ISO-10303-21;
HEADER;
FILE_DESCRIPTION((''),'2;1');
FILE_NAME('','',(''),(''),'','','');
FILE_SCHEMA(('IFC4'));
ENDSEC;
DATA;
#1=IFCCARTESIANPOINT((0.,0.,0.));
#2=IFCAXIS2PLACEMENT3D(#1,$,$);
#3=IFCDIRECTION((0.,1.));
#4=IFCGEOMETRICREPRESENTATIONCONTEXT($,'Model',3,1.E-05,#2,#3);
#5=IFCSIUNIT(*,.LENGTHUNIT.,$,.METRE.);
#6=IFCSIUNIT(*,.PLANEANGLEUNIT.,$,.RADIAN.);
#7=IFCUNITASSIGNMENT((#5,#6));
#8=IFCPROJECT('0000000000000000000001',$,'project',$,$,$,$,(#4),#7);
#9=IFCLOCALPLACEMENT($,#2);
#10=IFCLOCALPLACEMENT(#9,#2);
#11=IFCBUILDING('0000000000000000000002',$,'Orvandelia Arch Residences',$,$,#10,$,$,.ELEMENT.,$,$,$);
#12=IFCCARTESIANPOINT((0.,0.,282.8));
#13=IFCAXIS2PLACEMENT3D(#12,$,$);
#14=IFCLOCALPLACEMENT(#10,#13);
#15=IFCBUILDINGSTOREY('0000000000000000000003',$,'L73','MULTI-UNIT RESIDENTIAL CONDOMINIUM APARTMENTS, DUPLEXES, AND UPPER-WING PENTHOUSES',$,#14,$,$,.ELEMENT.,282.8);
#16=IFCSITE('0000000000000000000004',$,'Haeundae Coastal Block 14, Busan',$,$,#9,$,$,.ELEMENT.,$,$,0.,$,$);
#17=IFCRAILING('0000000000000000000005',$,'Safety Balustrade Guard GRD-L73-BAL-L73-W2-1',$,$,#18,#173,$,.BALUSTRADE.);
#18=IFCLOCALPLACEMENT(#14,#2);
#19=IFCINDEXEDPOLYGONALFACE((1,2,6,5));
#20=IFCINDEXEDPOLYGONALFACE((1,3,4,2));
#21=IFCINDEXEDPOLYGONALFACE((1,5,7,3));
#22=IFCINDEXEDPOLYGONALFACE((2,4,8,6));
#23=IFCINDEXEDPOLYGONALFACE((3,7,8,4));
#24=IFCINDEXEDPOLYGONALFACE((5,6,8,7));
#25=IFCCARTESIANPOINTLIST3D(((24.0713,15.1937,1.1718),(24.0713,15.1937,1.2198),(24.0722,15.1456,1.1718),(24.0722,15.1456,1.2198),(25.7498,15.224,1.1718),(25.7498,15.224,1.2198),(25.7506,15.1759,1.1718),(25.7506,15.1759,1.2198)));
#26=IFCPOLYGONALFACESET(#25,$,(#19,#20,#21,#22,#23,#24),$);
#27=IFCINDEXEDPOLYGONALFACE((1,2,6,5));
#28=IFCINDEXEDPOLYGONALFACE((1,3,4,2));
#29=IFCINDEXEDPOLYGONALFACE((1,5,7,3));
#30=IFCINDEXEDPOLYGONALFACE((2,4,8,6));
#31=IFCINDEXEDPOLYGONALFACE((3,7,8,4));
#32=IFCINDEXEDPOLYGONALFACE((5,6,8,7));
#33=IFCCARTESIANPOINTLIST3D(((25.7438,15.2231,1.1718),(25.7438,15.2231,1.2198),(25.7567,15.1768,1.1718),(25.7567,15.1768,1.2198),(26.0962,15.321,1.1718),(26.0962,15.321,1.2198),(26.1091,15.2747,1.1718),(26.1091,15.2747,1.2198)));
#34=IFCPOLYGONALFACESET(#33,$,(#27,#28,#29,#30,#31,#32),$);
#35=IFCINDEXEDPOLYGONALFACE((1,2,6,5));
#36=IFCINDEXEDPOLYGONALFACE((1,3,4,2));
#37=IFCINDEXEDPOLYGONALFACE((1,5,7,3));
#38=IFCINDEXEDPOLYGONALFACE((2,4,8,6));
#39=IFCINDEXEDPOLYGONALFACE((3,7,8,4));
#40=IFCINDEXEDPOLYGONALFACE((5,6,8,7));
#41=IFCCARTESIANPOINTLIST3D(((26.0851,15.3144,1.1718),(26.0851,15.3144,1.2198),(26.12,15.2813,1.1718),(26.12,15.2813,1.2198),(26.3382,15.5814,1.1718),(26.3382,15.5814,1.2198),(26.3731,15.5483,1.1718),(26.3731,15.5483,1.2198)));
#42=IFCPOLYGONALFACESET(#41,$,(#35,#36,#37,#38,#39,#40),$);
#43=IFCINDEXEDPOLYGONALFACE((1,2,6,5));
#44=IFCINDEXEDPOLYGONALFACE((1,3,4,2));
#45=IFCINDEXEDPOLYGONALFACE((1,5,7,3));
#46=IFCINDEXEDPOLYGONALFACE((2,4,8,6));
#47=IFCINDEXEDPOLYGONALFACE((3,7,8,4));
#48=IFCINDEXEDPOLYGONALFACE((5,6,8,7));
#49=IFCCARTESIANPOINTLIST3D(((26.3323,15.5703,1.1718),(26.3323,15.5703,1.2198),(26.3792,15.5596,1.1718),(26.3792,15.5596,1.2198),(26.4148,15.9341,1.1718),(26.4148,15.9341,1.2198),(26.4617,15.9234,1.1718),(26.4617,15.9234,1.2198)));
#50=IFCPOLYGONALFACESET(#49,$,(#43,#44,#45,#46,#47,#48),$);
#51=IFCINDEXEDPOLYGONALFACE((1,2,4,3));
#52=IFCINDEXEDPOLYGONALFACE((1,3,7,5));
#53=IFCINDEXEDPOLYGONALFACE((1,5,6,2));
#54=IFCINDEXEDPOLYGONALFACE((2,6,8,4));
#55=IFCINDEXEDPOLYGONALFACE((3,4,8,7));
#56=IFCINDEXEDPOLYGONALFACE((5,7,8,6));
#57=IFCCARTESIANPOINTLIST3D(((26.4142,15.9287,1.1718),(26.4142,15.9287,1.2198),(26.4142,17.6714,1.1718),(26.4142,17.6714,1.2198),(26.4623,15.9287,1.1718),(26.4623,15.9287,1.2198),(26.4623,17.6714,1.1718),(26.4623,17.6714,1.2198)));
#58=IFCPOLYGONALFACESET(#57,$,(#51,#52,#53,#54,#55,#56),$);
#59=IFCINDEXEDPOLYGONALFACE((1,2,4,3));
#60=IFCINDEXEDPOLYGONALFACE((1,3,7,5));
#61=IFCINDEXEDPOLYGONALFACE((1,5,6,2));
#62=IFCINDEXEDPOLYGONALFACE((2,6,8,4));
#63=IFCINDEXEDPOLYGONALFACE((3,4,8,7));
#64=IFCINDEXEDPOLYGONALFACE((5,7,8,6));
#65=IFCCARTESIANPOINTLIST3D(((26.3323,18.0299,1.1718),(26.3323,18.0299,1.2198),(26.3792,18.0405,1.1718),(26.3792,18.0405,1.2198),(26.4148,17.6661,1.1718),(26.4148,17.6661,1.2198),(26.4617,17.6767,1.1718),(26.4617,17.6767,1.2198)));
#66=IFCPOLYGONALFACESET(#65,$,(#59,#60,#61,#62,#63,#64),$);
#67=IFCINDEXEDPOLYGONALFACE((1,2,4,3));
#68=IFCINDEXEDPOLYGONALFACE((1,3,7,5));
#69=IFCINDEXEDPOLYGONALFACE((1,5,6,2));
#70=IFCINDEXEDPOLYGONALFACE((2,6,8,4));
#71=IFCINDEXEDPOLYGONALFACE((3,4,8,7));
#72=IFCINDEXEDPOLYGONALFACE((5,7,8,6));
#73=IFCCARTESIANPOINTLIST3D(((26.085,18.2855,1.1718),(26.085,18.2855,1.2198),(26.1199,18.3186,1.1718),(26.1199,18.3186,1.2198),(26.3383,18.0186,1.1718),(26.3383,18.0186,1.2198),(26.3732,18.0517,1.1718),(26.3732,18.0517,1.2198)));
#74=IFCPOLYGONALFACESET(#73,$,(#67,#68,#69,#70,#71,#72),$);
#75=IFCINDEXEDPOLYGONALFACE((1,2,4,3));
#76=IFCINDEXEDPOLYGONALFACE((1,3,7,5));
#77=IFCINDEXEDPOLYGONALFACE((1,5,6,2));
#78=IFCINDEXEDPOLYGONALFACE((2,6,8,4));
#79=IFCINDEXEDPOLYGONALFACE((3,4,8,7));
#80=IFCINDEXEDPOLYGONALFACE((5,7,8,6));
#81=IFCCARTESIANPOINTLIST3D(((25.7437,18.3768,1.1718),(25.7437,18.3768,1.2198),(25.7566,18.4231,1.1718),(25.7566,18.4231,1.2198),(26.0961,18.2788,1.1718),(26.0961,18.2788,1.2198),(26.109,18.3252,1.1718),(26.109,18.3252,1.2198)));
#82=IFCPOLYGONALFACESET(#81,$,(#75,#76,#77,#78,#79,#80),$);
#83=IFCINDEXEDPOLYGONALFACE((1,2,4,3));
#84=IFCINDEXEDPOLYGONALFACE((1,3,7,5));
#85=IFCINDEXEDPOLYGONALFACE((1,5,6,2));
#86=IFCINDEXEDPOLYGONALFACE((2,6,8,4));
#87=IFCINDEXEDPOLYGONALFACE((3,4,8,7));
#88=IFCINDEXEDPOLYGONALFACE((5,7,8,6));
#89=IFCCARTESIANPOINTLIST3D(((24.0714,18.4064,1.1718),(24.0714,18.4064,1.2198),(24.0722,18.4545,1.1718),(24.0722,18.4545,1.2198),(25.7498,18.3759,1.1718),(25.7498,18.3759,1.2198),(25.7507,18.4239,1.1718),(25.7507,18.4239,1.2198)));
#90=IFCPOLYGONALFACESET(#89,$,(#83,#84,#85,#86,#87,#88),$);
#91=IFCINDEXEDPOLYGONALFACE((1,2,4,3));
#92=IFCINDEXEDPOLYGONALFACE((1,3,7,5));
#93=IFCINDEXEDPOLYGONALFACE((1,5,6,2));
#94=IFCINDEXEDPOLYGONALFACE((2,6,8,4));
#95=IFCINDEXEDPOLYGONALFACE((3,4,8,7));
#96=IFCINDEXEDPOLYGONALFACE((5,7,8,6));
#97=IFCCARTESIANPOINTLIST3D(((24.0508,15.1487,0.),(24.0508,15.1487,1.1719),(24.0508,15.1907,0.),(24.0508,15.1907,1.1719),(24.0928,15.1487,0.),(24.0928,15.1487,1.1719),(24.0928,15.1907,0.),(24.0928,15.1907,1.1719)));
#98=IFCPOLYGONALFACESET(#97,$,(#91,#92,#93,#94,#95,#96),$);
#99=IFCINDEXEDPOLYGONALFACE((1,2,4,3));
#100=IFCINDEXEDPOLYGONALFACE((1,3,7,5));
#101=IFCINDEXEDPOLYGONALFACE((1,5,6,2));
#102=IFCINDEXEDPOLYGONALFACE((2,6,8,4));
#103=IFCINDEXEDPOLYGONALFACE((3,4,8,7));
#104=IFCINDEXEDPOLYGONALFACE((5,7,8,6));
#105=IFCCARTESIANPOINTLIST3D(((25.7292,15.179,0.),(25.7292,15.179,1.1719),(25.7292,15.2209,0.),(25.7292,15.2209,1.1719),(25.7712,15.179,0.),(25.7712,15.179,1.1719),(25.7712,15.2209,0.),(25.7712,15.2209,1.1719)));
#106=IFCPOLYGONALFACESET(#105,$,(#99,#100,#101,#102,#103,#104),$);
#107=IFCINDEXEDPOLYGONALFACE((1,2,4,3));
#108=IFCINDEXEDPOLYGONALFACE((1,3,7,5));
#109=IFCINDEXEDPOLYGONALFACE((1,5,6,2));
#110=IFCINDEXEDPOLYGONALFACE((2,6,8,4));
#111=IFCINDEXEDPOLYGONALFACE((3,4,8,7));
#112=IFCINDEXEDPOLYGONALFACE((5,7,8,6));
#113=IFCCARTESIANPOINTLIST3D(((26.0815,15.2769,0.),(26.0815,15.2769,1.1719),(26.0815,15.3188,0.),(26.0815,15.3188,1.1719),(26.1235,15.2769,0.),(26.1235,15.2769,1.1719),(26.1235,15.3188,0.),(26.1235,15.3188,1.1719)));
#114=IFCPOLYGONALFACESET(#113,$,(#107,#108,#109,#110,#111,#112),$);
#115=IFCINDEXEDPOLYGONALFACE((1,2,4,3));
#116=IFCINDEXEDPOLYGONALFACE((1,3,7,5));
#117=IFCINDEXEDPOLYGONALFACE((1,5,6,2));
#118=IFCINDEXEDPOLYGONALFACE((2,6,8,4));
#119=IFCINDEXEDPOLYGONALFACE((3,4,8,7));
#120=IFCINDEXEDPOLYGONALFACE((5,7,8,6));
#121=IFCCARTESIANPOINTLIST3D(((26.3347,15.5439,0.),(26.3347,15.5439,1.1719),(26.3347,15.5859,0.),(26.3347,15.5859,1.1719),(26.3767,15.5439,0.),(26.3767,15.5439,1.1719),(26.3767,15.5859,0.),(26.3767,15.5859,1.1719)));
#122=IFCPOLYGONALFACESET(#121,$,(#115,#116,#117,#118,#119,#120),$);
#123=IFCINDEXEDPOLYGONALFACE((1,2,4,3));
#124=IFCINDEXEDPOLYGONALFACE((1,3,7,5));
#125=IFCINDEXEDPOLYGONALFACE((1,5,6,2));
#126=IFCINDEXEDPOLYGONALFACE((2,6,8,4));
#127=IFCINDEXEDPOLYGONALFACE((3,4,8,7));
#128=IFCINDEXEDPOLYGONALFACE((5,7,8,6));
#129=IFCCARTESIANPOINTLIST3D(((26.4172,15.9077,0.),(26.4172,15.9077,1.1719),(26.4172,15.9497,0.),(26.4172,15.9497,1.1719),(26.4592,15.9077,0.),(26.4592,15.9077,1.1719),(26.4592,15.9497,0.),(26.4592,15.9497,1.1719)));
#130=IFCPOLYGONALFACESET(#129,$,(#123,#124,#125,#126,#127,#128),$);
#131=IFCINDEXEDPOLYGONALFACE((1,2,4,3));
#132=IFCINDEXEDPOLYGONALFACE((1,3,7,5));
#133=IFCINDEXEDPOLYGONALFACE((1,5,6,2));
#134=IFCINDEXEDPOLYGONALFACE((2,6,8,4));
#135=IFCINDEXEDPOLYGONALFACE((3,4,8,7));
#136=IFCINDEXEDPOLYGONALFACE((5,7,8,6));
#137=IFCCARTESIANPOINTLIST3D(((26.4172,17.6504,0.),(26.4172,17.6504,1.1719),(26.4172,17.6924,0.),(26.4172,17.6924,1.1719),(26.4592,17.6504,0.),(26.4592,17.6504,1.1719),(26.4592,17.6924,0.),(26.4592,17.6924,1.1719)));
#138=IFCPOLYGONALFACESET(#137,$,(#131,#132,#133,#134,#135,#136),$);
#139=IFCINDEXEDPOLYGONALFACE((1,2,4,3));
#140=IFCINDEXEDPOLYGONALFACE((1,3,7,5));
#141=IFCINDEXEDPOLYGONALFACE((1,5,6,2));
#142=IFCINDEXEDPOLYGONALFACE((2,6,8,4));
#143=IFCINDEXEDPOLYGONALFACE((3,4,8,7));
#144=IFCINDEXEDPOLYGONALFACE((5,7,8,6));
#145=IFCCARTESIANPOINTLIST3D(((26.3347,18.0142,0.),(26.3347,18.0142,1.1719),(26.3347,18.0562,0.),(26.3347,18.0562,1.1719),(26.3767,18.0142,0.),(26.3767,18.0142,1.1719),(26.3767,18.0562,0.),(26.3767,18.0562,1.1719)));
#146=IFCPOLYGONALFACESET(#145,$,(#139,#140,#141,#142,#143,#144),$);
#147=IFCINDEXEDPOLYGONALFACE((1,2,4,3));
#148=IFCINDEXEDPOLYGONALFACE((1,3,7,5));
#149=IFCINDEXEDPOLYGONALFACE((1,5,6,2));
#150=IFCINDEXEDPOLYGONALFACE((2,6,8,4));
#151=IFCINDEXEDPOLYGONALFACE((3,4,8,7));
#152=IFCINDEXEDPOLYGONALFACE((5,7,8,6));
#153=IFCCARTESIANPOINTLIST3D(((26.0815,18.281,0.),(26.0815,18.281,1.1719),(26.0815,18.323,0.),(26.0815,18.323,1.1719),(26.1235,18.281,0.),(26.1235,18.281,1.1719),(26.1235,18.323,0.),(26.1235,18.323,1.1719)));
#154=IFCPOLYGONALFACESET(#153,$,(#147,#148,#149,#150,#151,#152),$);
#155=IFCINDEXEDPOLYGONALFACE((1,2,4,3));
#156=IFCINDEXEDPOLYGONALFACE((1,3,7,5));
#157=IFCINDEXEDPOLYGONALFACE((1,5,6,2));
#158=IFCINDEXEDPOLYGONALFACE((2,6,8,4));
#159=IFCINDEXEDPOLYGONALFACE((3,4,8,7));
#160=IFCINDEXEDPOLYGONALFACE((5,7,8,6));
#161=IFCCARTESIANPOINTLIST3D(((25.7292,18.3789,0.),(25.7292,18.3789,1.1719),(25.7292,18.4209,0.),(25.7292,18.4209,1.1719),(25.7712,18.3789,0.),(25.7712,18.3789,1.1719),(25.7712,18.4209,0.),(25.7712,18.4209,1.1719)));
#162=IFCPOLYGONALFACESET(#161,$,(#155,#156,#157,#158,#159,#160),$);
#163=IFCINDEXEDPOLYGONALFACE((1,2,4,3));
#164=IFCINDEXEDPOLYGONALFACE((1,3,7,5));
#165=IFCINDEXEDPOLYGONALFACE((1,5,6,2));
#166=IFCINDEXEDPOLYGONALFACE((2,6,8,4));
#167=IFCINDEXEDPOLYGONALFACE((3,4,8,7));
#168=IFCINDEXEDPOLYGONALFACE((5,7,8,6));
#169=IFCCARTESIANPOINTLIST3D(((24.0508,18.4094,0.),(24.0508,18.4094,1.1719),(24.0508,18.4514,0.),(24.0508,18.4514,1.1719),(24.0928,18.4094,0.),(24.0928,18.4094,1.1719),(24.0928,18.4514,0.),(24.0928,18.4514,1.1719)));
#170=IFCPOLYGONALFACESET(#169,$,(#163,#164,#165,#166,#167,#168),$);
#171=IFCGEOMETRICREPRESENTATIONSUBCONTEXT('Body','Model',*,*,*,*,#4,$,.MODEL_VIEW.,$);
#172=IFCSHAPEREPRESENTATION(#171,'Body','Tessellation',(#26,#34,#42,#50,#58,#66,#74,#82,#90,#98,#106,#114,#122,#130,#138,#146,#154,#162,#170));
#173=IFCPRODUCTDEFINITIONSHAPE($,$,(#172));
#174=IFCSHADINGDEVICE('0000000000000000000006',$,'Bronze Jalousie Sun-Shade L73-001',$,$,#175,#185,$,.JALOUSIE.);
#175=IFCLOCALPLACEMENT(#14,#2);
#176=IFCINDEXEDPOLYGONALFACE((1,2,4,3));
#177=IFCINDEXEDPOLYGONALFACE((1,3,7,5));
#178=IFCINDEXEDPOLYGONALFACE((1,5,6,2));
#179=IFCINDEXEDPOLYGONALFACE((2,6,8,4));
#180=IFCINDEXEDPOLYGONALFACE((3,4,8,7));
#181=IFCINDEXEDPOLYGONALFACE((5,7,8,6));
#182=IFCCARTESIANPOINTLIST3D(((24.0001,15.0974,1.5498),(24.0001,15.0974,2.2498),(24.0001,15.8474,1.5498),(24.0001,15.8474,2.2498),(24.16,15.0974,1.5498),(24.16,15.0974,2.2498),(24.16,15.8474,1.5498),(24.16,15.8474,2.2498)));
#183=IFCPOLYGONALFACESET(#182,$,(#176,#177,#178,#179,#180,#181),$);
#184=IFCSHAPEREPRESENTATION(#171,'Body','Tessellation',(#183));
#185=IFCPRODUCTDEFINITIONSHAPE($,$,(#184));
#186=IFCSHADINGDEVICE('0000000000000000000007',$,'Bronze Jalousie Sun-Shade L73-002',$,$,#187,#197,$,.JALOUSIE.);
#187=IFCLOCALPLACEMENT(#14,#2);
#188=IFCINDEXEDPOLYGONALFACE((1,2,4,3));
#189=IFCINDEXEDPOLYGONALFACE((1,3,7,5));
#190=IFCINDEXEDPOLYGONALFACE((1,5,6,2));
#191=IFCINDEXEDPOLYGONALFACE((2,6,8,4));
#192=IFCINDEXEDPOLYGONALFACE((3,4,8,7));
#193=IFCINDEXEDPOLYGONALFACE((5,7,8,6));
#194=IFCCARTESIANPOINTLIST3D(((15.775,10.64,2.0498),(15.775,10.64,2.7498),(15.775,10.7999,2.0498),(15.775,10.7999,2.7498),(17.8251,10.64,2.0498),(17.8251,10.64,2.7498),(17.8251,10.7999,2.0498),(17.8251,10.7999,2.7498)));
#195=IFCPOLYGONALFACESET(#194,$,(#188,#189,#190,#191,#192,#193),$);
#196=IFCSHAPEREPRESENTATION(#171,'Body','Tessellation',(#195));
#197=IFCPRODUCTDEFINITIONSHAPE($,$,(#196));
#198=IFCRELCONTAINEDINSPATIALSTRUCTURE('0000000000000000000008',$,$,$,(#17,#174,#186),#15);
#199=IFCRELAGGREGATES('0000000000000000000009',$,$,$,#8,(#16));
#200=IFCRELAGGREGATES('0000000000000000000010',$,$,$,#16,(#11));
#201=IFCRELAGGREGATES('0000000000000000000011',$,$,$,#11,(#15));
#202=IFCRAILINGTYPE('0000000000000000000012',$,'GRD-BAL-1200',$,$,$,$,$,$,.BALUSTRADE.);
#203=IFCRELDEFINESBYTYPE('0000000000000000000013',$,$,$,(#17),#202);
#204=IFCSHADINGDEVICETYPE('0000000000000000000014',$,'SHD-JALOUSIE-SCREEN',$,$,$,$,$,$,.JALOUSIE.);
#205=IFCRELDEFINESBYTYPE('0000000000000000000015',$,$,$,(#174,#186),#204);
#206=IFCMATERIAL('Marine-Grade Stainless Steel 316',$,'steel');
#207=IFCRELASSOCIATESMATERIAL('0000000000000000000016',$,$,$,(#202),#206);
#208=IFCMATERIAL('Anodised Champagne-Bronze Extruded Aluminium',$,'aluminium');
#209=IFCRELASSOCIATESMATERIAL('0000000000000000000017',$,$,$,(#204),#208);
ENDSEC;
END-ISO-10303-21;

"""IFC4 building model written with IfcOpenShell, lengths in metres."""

from ifc_helpers import new_model, si_unit, direction, frame, origin, origin_2d, place, context, subcontext, project, spatial, rectangle, extrude, material, type_object, element, save


model = new_model("IFC4")

# Units and contexts
model_context = context("Model", 3, precision=1e-05, world=origin(), true_north=direction((0.0, 1.0)))
body_context = subcontext(model_context, "Body", "Model", "MODEL_VIEW")
ifc_project = project(units=[si_unit("LENGTHUNIT", "METRE"), si_unit("PLANEANGLEUNIT", "RADIAN")], contexts=[model_context])

# Site, building, storey
site_placement = place(None, origin())
site = spatial("IfcSite", under=ifc_project, at=site_placement, Name="Haeundae Coastal Block 14, Busan", CompositionType="ELEMENT", RefElevation=0.0)
building_placement = place(site_placement, origin())
building = spatial("IfcBuilding", under=site, at=building_placement, Name="Orvandelia Arch Residences", CompositionType="ELEMENT")
storey_placement = place(building_placement, frame((0.0, 0.0, 282.8)))
storey = spatial("IfcBuildingStorey", under=building, at=storey_placement, Name="L73", Description="MULTI-UNIT RESIDENTIAL CONDOMINIUM APARTMENTS, DUPLEXES, AND UPPER-WING PENTHOUSES", CompositionType="ELEMENT", Elevation=282.8)

# Railing
ifc_material_1 = material(Name="Marine-Grade Stainless Steel 316", Category="steel")
railing_type = type_object("IfcRailingType", Name="GRD-BAL-1200", PredefinedType="BALUSTRADE", material=ifc_material_1)
railing_placement = place(storey_placement, frame((24.0718, 15.1697, 0.0)))
element("IfcRailing", 1, at=railing_placement, inside=storey, type_object=railing_type, Name="Safety Balustrade Guard GRD-L73-BAL-L73-W2-1", PredefinedType="BALUSTRADE", context=body_context, shape_type="SweptSolid", body=[
    extrude(rectangle(XDim=0.0481, YDim=0.0481, at=origin_2d()), frame((0.0, 0.0, 1.1958), z_axis=(0.999837, 0.018033, 0.0), x_axis=(-0.018033, 0.999837, 0.0)), (0.0, 0.0, 1.0), 1.6787),
    extrude(rectangle(XDim=0.0481, YDim=0.0481, at=origin_2d()), frame((1.6785, 0.0303, 1.1958), z_axis=(0.963489, 0.267747, 0.0), x_axis=(-0.267747, 0.963489, 0.0)), (0.0, 0.0, 1.0), 0.3657),
    extrude(rectangle(XDim=0.0481, YDim=0.0481, at=origin_2d()), frame((2.0308, 0.1282, 1.1958), z_axis=(0.687947, 0.725761, 0.0), x_axis=(-0.725761, 0.687947, 0.0)), (0.0, 0.0, 1.0), 0.3679),
    extrude(rectangle(XDim=0.0481, YDim=0.0481, at=origin_2d()), frame((2.2839, 0.3953, 1.1958), z_axis=(0.221225, 0.975223, 0.0), x_axis=(-0.975223, 0.221225, 0.0)), (0.0, 0.0, 1.0), 0.373),
    extrude(rectangle(XDim=0.0481, YDim=0.0481, at=origin_2d()), frame((2.3665, 0.759, 1.1958), z_axis=(0.0, 1.0, 0.0), x_axis=(-1.0, 0.0, 0.0)), (0.0, 0.0, 1.0), 1.7427),
    extrude(rectangle(XDim=0.0481, YDim=0.0481, at=origin_2d()), frame((2.3665, 2.5017, 1.1958), z_axis=(-0.221225, 0.975223, 0.0), x_axis=(-0.975223, -0.221225, 0.0)), (0.0, 0.0, 1.0), 0.373),
    extrude(rectangle(XDim=0.0481, YDim=0.0481, at=origin_2d()), frame((2.2839, 2.8655, 1.1958), z_axis=(-0.688278, 0.725447, 0.0), x_axis=(-0.725447, -0.688278, 0.0)), (0.0, 0.0, 1.0), 0.3679),
    extrude(rectangle(XDim=0.0481, YDim=0.0481, at=origin_2d()), frame((2.0308, 3.1323, 1.1958), z_axis=(-0.963489, 0.267747, 0.0), x_axis=(-0.267747, -0.963489, 0.0)), (0.0, 0.0, 1.0), 0.3657),
    extrude(rectangle(XDim=0.0481, YDim=0.0481, at=origin_2d()), frame((1.6785, 3.2302, 1.1958), z_axis=(-0.999835, 0.018179, 0.0), x_axis=(-0.018179, -0.999835, 0.0)), (0.0, 0.0, 1.0), 1.6787),
    extrude(rectangle(XDim=0.042, YDim=0.042, at=origin_2d()), origin(), (0.0, 0.0, 1.0), 1.1719),
    extrude(rectangle(XDim=0.042, YDim=0.042, at=origin_2d()), frame((1.6785, 0.0303, 0.0)), (0.0, 0.0, 1.0), 1.1719),
    extrude(rectangle(XDim=0.042, YDim=0.042, at=origin_2d()), frame((2.0308, 0.1282, 0.0)), (0.0, 0.0, 1.0), 1.1719),
    extrude(rectangle(XDim=0.042, YDim=0.042, at=origin_2d()), frame((2.2839, 0.3953, 0.0)), (0.0, 0.0, 1.0), 1.1719),
    extrude(rectangle(XDim=0.042, YDim=0.042, at=origin_2d()), frame((2.3665, 0.759, 0.0)), (0.0, 0.0, 1.0), 1.1719),
    extrude(rectangle(XDim=0.042, YDim=0.042, at=origin_2d()), frame((2.3665, 2.5017, 0.0)), (0.0, 0.0, 1.0), 1.1719),
    extrude(rectangle(XDim=0.042, YDim=0.042, at=origin_2d()), frame((2.2839, 2.8655, 0.0)), (0.0, 0.0, 1.0), 1.1719),
    extrude(rectangle(XDim=0.042, YDim=0.042, at=origin_2d()), frame((2.0308, 3.1323, 0.0)), (0.0, 0.0, 1.0), 1.1719),
    extrude(rectangle(XDim=0.042, YDim=0.042, at=origin_2d()), frame((1.6785, 3.2302, 0.0)), (0.0, 0.0, 1.0), 1.1719),
    extrude(rectangle(XDim=0.042, YDim=0.042, at=origin_2d()), frame((0.0, 3.2607, 0.0)), (0.0, 0.0, 1.0), 1.1719),
])

# Shading devices
ifc_material_2 = material(Name="Anodised Champagne-Bronze Extruded Aluminium", Category="aluminium")
shading_device_type = type_object("IfcShadingDeviceType", Name="SHD-JALOUSIE-SCREEN", PredefinedType="JALOUSIE", material=ifc_material_2)
shading_device_1_placement = place(storey_placement, frame((24.0801, 15.4724, 1.5498), z_axis=(0.0, 0.0, 1.0), x_axis=(0.0, -1.0, 0.0)))
element("IfcShadingDevice", 2, at=shading_device_1_placement, inside=storey, type_object=shading_device_type, Name="Bronze Jalousie Sun-Shade L73-001", PredefinedType="JALOUSIE", context=body_context, shape_type="SweptSolid", body=[
    extrude(rectangle(XDim=0.75, YDim=0.1599, at=origin_2d()), origin(), (0.0, 0.0, 1.0), 0.7),
])
shading_device_2_placement = place(storey_placement, frame((16.8, 10.72, 2.0498), z_axis=(0.0, 0.0, 1.0), x_axis=(-1.0, 0.0, 0.0)))
element("IfcShadingDevice", 3, at=shading_device_2_placement, inside=storey, type_object=shading_device_type, Name="Bronze Jalousie Sun-Shade L73-002", PredefinedType="JALOUSIE", context=body_context, shape_type="SweptSolid", body=[
    extrude(rectangle(XDim=2.05, YDim=0.1599, at=origin_2d()), origin(), (0.0, 0.0, 1.0), 0.7),
])

save(model, "model.ifc")
